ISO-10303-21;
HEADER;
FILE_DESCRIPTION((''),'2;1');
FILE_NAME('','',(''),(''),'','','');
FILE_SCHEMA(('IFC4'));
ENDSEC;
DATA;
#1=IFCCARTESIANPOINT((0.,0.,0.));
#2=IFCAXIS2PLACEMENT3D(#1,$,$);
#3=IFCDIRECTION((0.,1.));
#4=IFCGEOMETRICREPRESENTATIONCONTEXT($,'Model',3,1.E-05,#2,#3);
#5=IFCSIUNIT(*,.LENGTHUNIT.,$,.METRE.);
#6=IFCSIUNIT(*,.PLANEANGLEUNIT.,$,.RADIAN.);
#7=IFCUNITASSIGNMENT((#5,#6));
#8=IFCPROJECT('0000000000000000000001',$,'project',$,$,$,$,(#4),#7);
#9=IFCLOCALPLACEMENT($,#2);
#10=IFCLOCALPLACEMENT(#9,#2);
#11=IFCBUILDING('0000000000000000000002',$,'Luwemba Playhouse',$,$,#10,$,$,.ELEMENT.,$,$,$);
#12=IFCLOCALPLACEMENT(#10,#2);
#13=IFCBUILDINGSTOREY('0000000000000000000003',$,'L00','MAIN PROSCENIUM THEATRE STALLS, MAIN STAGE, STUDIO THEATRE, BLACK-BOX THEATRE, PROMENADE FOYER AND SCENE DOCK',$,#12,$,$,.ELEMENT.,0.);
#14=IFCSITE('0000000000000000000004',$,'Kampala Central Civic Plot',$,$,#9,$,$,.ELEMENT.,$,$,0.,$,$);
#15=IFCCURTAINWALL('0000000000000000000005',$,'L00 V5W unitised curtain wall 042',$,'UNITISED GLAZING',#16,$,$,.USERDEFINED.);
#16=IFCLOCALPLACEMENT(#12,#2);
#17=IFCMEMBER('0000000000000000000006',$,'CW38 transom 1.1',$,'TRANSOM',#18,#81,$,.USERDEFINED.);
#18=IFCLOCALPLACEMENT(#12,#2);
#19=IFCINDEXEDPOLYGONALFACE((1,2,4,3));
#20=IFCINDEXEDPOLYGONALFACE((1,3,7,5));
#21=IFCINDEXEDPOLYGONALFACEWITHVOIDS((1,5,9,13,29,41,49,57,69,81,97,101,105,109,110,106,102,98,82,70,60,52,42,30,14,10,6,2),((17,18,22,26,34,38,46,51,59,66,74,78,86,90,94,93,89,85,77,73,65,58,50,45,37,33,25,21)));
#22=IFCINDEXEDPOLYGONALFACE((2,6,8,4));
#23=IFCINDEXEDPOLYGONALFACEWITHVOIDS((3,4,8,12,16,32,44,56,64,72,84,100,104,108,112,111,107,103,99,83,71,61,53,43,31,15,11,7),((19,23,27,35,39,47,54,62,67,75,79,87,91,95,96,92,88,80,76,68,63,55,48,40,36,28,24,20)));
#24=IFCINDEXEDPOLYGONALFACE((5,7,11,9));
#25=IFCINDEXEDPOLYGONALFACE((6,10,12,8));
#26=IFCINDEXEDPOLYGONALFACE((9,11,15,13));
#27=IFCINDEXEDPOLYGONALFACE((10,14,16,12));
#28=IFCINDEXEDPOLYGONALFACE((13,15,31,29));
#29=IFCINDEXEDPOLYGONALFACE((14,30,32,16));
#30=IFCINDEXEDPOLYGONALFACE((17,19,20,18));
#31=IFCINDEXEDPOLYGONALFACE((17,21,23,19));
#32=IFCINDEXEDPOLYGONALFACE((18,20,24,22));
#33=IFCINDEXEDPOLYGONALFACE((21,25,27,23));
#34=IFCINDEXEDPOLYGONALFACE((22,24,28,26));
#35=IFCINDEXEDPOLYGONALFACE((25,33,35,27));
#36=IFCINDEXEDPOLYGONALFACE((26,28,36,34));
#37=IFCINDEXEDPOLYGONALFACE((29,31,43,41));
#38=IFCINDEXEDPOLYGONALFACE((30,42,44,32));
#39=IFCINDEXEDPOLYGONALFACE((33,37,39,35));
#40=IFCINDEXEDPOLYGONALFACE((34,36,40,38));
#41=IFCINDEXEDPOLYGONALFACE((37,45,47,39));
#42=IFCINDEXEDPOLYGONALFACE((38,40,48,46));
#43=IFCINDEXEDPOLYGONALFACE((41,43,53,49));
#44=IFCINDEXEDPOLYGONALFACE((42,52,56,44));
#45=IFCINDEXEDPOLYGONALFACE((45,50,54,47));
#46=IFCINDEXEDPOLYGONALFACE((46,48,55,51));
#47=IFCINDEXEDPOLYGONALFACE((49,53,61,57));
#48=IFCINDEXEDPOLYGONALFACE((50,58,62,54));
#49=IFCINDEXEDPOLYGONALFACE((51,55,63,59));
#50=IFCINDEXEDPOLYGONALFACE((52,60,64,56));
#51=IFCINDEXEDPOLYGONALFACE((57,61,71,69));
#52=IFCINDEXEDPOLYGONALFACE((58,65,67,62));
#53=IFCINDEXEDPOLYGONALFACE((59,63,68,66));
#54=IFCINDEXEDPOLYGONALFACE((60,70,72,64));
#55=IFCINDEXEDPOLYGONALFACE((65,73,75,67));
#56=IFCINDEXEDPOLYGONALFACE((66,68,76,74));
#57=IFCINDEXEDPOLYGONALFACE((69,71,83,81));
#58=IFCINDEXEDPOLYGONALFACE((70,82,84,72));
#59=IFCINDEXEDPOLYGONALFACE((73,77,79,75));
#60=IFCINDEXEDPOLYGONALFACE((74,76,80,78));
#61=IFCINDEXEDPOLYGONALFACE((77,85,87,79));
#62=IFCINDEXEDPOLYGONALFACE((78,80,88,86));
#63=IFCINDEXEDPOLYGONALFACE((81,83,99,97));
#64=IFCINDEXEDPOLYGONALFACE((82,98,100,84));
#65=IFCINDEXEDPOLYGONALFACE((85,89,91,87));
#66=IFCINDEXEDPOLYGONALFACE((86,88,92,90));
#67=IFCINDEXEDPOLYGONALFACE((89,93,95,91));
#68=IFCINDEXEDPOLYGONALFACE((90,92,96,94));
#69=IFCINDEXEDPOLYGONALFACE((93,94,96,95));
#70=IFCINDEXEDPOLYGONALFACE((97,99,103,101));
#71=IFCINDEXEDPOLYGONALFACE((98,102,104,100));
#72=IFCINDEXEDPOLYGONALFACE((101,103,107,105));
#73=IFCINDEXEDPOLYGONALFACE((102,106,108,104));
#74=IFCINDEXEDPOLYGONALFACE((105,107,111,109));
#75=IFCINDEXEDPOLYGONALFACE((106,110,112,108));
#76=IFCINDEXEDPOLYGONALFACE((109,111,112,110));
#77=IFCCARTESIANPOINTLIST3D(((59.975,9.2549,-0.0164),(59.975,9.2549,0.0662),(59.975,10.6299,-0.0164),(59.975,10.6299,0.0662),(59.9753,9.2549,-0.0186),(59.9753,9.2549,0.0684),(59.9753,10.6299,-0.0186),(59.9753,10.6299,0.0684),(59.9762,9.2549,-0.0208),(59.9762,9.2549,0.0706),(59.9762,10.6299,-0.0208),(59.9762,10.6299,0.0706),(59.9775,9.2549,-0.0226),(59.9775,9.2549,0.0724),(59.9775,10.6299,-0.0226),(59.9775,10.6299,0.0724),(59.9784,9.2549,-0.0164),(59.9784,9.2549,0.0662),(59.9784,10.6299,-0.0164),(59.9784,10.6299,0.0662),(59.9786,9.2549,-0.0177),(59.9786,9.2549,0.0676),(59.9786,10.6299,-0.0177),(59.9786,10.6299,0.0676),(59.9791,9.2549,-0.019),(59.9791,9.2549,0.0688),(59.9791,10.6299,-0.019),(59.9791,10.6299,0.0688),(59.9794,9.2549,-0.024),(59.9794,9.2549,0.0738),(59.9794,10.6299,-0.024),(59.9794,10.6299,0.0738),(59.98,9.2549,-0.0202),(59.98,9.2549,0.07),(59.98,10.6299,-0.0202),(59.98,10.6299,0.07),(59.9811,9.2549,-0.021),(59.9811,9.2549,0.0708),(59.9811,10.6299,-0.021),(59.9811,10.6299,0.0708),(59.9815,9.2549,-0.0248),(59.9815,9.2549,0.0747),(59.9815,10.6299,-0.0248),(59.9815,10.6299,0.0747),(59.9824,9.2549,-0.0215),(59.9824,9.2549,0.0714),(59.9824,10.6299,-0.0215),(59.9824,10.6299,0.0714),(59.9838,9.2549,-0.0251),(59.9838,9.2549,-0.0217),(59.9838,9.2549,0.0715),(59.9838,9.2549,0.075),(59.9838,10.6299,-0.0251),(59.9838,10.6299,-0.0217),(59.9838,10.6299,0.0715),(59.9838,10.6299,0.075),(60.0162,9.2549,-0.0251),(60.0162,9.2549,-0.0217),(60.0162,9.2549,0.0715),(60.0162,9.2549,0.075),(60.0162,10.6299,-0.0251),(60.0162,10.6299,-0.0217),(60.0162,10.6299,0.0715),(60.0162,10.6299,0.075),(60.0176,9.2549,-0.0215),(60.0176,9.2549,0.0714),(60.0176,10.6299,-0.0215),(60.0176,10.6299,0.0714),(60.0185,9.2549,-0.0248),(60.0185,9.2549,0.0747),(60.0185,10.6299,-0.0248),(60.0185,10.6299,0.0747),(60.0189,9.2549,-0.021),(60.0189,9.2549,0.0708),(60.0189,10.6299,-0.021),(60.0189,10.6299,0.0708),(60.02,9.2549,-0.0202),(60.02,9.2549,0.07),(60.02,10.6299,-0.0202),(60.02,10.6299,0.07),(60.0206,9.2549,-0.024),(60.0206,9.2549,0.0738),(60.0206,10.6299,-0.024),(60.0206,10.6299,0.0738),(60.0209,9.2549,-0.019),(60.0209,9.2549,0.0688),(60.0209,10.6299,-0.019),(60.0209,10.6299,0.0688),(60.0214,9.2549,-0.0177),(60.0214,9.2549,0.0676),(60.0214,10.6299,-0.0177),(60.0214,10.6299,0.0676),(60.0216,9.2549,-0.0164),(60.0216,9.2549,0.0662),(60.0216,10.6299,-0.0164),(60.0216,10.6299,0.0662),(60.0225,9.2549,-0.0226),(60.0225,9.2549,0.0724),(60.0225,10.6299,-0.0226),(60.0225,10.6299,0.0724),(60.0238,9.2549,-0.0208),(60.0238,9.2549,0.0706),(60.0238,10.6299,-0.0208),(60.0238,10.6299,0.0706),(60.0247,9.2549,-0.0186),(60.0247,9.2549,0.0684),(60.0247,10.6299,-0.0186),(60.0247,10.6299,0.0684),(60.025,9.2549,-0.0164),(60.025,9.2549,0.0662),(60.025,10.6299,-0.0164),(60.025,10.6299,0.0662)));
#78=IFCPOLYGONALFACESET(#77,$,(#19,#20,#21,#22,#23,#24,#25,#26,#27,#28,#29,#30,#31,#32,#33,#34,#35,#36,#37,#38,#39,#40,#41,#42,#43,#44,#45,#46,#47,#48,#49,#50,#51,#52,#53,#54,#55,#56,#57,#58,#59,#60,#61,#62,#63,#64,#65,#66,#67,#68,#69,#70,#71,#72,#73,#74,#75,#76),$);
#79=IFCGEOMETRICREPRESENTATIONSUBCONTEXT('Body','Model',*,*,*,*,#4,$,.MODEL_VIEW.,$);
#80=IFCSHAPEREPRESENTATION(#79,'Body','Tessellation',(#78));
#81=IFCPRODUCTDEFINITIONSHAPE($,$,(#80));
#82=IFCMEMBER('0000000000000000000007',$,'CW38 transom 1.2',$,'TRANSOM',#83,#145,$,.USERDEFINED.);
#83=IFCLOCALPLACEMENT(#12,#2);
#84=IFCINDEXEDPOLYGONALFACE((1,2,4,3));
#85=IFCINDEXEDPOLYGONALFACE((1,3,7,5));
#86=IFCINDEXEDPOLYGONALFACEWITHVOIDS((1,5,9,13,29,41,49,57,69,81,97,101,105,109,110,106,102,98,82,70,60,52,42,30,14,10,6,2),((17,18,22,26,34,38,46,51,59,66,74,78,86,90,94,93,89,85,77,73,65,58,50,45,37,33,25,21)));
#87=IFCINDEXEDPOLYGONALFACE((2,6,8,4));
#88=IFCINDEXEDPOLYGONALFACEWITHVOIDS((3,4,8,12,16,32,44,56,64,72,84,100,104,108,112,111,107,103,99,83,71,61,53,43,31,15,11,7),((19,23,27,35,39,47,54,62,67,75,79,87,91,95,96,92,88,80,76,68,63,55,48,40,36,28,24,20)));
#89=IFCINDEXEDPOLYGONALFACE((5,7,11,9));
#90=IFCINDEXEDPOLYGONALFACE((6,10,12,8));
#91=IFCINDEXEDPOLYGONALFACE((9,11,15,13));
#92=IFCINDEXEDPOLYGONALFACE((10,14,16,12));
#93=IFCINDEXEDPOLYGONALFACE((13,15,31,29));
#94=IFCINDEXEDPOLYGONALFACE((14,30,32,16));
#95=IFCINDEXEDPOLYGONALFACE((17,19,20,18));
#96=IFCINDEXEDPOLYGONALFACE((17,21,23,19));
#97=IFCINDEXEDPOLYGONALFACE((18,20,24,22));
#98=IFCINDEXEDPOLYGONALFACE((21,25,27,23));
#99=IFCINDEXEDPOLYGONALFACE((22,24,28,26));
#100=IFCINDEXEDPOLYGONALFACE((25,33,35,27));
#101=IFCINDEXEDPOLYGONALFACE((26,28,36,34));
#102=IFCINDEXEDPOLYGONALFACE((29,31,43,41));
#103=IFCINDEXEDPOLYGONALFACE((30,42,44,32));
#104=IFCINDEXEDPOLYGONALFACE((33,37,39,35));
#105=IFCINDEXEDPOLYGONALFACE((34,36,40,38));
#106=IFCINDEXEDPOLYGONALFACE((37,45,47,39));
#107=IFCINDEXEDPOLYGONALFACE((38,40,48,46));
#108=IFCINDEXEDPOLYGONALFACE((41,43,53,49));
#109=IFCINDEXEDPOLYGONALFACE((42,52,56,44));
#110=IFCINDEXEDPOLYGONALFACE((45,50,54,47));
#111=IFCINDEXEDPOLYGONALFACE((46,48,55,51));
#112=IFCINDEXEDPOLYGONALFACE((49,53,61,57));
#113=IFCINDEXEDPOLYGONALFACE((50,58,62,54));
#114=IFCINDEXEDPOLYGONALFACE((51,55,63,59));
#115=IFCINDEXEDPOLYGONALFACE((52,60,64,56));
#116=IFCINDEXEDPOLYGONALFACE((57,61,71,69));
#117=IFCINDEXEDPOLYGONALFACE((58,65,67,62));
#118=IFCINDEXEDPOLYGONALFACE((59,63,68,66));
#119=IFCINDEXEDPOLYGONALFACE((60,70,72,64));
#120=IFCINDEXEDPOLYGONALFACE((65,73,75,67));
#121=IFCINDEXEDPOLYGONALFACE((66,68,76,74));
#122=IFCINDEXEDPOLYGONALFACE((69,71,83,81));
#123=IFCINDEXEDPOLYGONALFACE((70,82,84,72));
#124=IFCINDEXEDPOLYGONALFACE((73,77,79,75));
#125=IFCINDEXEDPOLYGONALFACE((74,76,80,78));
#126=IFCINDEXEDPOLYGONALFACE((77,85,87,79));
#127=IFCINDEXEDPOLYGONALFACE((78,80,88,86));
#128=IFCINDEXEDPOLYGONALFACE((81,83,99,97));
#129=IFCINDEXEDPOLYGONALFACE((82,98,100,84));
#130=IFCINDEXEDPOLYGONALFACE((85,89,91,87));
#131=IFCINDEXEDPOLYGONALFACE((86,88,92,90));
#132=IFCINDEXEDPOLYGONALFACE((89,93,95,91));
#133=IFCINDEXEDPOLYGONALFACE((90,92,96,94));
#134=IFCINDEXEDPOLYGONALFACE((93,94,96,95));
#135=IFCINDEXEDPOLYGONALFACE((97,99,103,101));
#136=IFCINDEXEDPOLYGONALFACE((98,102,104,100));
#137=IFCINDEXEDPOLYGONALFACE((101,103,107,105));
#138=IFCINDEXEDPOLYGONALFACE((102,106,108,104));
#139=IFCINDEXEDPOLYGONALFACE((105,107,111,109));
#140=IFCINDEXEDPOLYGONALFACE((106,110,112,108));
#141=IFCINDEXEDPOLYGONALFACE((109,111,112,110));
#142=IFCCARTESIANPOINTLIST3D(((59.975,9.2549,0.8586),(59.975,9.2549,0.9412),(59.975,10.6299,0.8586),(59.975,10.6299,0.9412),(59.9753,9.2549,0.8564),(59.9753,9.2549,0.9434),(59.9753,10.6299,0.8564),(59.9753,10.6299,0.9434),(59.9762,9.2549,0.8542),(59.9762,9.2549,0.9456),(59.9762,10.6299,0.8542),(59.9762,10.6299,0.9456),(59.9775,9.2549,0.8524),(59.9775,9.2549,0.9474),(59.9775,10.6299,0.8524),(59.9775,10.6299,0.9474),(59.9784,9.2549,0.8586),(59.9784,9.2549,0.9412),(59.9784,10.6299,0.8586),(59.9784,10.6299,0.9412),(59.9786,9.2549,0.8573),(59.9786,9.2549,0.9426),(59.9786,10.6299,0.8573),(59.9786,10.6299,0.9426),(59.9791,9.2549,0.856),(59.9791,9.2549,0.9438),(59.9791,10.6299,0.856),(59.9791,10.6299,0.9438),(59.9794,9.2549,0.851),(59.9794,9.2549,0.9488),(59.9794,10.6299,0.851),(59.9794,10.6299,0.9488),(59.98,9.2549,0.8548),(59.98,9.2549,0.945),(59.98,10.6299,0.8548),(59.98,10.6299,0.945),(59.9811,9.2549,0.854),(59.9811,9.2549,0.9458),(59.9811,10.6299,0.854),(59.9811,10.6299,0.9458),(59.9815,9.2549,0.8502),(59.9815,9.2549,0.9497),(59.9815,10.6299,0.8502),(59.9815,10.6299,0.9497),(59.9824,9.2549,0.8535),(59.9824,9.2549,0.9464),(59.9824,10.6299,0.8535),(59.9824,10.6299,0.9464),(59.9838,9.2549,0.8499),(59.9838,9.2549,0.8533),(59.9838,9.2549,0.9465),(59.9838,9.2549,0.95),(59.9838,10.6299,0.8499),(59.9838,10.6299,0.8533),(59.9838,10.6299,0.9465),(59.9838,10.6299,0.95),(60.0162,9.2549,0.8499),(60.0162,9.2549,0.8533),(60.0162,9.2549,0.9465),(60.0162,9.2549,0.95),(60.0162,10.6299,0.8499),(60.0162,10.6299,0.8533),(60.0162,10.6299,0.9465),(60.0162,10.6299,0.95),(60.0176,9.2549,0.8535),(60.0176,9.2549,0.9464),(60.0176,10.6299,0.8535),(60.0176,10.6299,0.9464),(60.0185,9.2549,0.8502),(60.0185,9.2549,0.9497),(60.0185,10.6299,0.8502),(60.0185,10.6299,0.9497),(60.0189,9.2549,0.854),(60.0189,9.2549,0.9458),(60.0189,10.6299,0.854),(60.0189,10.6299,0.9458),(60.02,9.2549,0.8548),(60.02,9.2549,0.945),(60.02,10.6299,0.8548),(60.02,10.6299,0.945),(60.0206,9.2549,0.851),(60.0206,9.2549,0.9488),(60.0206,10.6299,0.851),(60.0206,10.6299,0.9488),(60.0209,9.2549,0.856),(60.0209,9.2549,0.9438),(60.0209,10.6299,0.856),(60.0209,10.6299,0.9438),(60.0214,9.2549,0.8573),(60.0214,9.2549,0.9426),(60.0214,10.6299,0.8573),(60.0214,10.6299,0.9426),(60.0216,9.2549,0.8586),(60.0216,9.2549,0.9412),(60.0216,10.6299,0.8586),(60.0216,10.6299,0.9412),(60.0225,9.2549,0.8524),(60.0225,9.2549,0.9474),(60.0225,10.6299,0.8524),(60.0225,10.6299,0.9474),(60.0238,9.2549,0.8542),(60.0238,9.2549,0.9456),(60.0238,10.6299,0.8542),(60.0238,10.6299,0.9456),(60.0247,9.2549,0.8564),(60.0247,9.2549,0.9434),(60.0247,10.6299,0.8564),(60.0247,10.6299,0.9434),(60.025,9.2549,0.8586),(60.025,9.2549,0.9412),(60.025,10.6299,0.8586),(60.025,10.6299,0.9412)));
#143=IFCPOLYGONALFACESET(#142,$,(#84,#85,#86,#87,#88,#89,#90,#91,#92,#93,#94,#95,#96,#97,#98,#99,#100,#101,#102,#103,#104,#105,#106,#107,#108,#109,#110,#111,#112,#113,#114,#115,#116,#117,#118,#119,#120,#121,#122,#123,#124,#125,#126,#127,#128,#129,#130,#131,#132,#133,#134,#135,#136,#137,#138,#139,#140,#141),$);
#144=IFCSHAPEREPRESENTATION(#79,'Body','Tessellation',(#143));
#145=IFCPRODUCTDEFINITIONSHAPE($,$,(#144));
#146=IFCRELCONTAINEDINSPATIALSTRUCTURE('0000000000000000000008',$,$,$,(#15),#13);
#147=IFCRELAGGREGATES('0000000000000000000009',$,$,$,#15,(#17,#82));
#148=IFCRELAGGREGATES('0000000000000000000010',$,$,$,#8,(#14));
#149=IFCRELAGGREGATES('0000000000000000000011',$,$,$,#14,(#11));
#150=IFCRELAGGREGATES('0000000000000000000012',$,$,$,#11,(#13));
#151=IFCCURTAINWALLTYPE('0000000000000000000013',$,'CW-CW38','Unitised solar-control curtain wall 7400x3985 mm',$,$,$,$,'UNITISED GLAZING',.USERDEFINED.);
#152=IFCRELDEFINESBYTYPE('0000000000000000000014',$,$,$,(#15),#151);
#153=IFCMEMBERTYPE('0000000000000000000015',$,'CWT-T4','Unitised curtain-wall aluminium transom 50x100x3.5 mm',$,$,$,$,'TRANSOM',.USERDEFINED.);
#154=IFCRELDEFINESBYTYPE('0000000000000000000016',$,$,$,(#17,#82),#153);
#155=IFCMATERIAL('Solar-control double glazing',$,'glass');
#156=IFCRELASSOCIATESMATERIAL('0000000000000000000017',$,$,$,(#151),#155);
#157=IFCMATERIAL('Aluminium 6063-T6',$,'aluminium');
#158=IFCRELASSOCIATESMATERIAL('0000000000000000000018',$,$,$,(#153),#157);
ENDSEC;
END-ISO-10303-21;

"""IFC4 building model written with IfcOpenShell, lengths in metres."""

from ifc_helpers import new_model, si_unit, direction, frame, origin, origin_2d, place, context, subcontext, project, spatial, hollow_rectangle, extrude, material, material_profile, profile_set, type_object, element, aggregate, save


model = new_model("IFC4")

# Units and contexts
model_context = context("Model", 3, precision=1e-05, world=origin(), true_north=direction((0.0, 1.0)))
body_context = subcontext(model_context, "Body", "Model", "MODEL_VIEW")
ifc_project = project(units=[si_unit("LENGTHUNIT", "METRE"), si_unit("PLANEANGLEUNIT", "RADIAN")], contexts=[model_context])

# Site, building, storey
site_placement = place(None, origin())
site = spatial("IfcSite", under=ifc_project, at=site_placement, Name="Kampala Central Civic Plot", CompositionType="ELEMENT", RefElevation=0.0)
building_placement = place(site_placement, origin())
building = spatial("IfcBuilding", under=site, at=building_placement, Name="Luwemba Playhouse", CompositionType="ELEMENT")
storey_placement = place(building_placement, origin())
storey = spatial("IfcBuildingStorey", under=building, at=storey_placement, Name="L00", Description="MAIN PROSCENIUM THEATRE STALLS, MAIN STAGE, STUDIO THEATRE, BLACK-BOX THEATRE, PROMENADE FOYER AND SCENE DOCK", CompositionType="ELEMENT", Elevation=0.0)

# Shared definitions
ifc_material_1 = material(Name="Solar-control double glazing", Category="glass")
ifc_material_2 = material(Name="Aluminium 6063-T6", Category="aluminium")

# Curtain wall
curtain_wall_type_1 = type_object("IfcCurtainWallType", Name="CW-CW38", Description="Unitised solar-control curtain wall 7400x3985 mm", ElementType="UNITISED GLAZING", PredefinedType="USERDEFINED", material=ifc_material_1)
curtain_wall_1_placement = place(storey_placement, origin())
curtain_wall_1 = element("IfcCurtainWall", 1, at=curtain_wall_1_placement, inside=storey, type_object=curtain_wall_type_1, Name="L00 V5W unitised curtain wall 042", ObjectType="UNITISED GLAZING", PredefinedType="USERDEFINED")

# Members
ifc_material_profile_1 = material_profile(ifc_material_2, hollow_rectangle(XDim=0.05, YDim=0.1001, WallThickness=0.0034, InnerFilletRadius=0.0054, OuterFilletRadius=0.0088, at=origin_2d()))
ifc_profile_set_1 = profile_set([ifc_material_profile_1], Name="Aluminium 6063-T6")
member_type_1 = type_object("IfcMemberType", Name="CWT-T4", Description="Unitised curtain-wall aluminium transom 50x100x3.5 mm", ElementType="TRANSOM", PredefinedType="USERDEFINED", material=ifc_profile_set_1)
member_1_placement = place(storey_placement, frame((60.0, 10.6299, 0.0249), z_axis=(0.0, -1.0, 0.0), x_axis=(1.0, 0.0, 0.0)))
member_1 = element("IfcMember", 2, at=member_1_placement, type_object=member_type_1, Name="CW38 transom 1.1", ObjectType="TRANSOM", PredefinedType="USERDEFINED", context=body_context, shape_type="SweptSolid", body=[
    extrude(hollow_rectangle(XDim=0.05, YDim=0.1001, WallThickness=0.0034, InnerFilletRadius=0.0054, OuterFilletRadius=0.0088, at=origin_2d()), origin(), (0.0, 0.0, 1.0), 1.375),
])
member_2_placement = place(storey_placement, frame((60.0, 10.6299, 0.8999), z_axis=(0.0, -1.0, 0.0), x_axis=(1.0, 0.0, 0.0)))
member_2 = element("IfcMember", 3, at=member_2_placement, type_object=member_type_1, Name="CW38 transom 1.2", ObjectType="TRANSOM", PredefinedType="USERDEFINED", context=body_context, shape_type="SweptSolid", body=[
    extrude(hollow_rectangle(XDim=0.05, YDim=0.1001, WallThickness=0.0034, InnerFilletRadius=0.0054, OuterFilletRadius=0.0088, at=origin_2d()), origin(), (0.0, 0.0, 1.0), 1.375),
])

aggregate(curtain_wall_1, [member_1, member_2])

save(model, "model.ifc")
